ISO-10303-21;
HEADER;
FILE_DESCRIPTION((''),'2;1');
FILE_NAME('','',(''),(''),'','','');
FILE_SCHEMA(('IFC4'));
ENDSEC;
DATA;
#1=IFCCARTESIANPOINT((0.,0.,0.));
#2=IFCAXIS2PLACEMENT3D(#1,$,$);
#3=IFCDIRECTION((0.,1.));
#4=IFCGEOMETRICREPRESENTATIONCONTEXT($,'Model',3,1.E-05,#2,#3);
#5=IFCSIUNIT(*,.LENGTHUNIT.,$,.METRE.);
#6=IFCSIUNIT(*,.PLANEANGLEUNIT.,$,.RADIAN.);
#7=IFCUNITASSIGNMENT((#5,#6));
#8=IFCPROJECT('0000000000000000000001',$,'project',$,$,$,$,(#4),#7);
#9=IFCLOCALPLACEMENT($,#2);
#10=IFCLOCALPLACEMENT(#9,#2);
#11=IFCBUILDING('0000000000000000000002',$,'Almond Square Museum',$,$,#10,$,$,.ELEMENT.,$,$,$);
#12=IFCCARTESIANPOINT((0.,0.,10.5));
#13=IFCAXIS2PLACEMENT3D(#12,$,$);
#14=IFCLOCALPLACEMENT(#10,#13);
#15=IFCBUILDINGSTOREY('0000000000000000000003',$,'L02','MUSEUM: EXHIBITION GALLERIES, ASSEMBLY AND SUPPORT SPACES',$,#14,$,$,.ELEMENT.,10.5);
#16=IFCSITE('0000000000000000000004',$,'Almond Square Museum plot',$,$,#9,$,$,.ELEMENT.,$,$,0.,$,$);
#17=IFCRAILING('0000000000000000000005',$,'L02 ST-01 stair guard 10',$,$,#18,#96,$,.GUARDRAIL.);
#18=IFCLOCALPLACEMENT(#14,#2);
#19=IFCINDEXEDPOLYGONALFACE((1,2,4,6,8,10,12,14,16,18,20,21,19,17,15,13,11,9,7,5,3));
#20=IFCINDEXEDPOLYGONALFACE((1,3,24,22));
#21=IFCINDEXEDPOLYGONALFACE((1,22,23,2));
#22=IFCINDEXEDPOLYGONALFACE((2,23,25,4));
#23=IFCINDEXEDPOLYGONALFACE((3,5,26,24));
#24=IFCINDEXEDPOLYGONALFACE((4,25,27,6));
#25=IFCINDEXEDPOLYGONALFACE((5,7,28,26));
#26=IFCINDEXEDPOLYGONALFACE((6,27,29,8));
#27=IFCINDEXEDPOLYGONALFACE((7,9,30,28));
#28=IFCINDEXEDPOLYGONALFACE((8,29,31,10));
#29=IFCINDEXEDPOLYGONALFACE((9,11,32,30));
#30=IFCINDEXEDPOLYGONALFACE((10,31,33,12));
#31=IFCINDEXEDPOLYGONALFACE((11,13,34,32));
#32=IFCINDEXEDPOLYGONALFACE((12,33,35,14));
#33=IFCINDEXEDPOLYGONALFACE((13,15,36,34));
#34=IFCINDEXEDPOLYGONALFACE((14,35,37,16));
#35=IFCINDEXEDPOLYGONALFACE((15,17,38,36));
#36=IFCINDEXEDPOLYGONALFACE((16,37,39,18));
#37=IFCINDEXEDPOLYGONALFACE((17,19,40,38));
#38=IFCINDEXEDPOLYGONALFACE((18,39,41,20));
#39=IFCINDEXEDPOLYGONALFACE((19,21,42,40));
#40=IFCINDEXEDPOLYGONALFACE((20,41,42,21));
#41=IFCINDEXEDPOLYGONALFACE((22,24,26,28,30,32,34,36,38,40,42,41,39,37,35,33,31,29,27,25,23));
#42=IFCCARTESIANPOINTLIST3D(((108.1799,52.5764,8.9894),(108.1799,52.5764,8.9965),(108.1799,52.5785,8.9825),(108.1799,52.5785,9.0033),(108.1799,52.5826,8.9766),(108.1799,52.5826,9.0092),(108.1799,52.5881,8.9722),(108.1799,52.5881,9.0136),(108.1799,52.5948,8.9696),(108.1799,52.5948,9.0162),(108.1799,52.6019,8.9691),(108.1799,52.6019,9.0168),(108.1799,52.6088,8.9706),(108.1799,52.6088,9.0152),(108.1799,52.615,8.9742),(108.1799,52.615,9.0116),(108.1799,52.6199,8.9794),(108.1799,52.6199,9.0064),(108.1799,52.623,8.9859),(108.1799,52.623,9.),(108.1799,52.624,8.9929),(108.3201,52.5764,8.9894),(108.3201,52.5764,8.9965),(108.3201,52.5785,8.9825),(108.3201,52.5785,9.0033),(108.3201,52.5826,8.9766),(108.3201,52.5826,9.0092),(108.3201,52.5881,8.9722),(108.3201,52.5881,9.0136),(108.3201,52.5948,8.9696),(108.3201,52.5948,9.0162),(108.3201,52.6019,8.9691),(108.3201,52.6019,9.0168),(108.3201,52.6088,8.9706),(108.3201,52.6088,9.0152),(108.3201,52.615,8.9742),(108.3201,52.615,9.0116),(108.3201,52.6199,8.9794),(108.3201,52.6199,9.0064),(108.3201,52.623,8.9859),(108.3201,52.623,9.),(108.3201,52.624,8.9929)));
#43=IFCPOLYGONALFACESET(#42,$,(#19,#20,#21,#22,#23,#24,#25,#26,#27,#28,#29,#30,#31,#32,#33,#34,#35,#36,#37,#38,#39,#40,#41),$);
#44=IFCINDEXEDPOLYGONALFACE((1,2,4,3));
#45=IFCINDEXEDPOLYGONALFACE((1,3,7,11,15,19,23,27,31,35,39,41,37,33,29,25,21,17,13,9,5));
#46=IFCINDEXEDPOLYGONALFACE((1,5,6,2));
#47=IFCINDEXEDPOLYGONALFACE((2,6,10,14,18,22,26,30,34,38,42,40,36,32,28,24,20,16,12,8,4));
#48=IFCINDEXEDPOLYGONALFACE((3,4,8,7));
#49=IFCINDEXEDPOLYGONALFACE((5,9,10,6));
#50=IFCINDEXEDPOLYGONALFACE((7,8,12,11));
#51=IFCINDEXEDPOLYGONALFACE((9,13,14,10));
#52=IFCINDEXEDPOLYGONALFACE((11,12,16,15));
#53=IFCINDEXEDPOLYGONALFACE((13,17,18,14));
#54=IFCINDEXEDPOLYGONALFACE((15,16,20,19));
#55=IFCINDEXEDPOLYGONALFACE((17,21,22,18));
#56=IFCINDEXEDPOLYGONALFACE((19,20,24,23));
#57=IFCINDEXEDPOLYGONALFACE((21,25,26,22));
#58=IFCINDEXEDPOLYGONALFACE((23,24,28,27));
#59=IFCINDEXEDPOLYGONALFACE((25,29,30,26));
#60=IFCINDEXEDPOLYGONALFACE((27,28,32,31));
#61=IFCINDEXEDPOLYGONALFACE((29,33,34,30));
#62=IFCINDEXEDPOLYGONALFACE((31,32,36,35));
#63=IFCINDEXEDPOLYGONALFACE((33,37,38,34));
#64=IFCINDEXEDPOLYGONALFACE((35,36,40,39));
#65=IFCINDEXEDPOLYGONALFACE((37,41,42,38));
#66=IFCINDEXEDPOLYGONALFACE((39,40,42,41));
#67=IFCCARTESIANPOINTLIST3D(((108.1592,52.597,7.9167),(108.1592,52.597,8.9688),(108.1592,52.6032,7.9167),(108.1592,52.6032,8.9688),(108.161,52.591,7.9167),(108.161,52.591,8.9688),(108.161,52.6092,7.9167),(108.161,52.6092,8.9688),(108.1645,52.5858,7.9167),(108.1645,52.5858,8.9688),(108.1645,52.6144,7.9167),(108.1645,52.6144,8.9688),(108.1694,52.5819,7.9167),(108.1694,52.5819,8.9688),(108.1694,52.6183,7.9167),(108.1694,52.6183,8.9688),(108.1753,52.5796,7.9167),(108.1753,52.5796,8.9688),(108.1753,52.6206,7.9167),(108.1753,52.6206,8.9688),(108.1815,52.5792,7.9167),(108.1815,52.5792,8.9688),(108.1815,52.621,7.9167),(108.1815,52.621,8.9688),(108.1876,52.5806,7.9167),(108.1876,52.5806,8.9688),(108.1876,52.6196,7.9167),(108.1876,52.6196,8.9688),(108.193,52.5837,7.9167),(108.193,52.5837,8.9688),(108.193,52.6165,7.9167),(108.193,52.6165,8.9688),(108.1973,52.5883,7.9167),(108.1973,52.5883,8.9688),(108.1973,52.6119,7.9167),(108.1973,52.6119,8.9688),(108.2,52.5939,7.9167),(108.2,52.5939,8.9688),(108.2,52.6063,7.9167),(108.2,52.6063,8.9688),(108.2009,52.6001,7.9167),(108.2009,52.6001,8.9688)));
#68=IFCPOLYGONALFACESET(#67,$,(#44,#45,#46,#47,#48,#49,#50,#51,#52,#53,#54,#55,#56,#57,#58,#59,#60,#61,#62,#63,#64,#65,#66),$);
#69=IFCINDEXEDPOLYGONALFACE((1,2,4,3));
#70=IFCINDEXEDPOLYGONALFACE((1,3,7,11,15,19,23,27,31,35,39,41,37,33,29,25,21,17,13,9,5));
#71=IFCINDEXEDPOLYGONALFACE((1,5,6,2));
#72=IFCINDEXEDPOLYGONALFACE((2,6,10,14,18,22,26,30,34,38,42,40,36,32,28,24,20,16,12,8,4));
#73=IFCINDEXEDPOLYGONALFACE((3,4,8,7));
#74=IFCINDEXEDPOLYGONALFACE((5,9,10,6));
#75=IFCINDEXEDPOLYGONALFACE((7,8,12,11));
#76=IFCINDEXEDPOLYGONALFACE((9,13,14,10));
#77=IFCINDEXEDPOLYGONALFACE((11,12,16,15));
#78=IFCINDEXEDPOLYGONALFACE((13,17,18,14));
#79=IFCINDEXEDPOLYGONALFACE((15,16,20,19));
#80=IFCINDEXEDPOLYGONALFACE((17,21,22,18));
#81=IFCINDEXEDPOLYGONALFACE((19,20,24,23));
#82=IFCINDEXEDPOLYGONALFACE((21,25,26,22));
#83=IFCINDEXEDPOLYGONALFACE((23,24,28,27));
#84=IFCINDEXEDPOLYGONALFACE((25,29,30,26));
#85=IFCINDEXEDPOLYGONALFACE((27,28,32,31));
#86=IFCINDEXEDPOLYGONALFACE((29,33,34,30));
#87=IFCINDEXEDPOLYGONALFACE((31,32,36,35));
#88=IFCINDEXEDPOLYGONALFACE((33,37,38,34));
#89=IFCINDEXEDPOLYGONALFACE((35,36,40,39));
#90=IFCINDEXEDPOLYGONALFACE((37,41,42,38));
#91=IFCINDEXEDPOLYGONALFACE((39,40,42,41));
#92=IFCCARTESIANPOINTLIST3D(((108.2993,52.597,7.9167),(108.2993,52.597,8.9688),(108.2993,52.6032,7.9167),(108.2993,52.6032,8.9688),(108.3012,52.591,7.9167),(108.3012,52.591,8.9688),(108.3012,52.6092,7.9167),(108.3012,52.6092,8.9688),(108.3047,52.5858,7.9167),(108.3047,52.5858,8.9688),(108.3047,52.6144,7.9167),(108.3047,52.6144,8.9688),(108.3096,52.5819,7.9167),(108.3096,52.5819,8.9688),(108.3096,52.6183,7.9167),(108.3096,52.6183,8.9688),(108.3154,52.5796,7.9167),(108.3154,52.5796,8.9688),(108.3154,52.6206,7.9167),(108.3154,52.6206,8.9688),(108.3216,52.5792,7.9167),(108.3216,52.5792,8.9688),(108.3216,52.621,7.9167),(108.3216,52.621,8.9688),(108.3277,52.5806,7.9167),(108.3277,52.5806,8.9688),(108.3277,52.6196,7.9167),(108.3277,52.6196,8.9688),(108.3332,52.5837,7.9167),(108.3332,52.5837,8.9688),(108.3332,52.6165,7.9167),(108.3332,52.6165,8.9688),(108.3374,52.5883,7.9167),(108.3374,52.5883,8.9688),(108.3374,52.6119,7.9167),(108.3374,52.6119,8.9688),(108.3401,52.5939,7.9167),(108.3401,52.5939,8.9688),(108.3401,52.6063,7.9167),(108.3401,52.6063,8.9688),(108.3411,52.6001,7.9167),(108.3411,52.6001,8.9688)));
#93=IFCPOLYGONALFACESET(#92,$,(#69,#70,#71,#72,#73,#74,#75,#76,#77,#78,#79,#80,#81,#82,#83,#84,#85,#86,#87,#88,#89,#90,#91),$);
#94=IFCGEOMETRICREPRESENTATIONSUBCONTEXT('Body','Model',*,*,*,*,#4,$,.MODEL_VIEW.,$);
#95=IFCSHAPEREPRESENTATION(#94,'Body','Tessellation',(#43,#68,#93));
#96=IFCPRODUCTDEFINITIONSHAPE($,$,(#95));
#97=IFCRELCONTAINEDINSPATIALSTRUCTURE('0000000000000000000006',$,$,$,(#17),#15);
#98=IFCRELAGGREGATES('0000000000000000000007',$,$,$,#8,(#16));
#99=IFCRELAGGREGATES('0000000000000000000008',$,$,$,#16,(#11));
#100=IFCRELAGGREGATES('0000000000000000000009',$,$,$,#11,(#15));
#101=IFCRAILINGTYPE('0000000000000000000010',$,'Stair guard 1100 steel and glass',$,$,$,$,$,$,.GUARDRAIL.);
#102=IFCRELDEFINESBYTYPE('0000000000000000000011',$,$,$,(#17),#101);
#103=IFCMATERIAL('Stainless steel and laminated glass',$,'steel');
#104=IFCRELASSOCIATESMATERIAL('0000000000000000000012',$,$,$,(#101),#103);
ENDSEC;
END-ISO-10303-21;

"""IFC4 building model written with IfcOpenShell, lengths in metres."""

from ifc_helpers import new_model, si_unit, direction, frame, origin, origin_2d, place, context, subcontext, project, spatial, circle, extrude, material, type_object, element, save


model = new_model("IFC4")

# Units and contexts
model_context = context("Model", 3, precision=1e-05, world=origin(), true_north=direction((0.0, 1.0)))
body_context = subcontext(model_context, "Body", "Model", "MODEL_VIEW")
ifc_project = project(units=[si_unit("LENGTHUNIT", "METRE"), si_unit("PLANEANGLEUNIT", "RADIAN")], contexts=[model_context])

# Site, building, storey
site_placement = place(None, origin())
site = spatial("IfcSite", under=ifc_project, at=site_placement, Name="Almond Square Museum plot", CompositionType="ELEMENT", RefElevation=0.0)
building_placement = place(site_placement, origin())
building = spatial("IfcBuilding", under=site, at=building_placement, Name="Almond Square Museum", CompositionType="ELEMENT")
storey_placement = place(building_placement, frame((0.0, 0.0, 10.5)))
storey = spatial("IfcBuildingStorey", under=building, at=storey_placement, Name="L02", Description="MUSEUM: EXHIBITION GALLERIES, ASSEMBLY AND SUPPORT SPACES", CompositionType="ELEMENT", Elevation=10.5)

# Railing
ifc_material_1 = material(Name="Stainless steel and laminated glass", Category="steel")
railing_type_1 = type_object("IfcRailingType", Name="Stair guard 1100 steel and glass", PredefinedType="GUARDRAIL", material=ifc_material_1)
railing_1_placement = place(storey_placement, frame((108.1799, 52.6001, 7.9167)))
element("IfcRailing", 1, at=railing_1_placement, inside=storey, type_object=railing_type_1, Name="L02 ST-01 stair guard 10", PredefinedType="GUARDRAIL", context=body_context, shape_type="SweptSolid", body=[
    extrude(circle(Radius=0.0239, at=origin_2d()), frame((0.0, 0.0, 1.0762), z_axis=(1.0, 0.0, 0.0), x_axis=(0.0, 1.0, 0.0)), (0.0, 0.0, 1.0), 0.1401),
    extrude(circle(Radius=0.021, at=origin_2d()), origin(), (0.0, 0.0, 1.0), 1.052),
    extrude(circle(Radius=0.021, at=origin_2d()), frame((0.1401, 0.0, 0.0)), (0.0, 0.0, 1.0), 1.052),
])

save(model, "model.ifc")
